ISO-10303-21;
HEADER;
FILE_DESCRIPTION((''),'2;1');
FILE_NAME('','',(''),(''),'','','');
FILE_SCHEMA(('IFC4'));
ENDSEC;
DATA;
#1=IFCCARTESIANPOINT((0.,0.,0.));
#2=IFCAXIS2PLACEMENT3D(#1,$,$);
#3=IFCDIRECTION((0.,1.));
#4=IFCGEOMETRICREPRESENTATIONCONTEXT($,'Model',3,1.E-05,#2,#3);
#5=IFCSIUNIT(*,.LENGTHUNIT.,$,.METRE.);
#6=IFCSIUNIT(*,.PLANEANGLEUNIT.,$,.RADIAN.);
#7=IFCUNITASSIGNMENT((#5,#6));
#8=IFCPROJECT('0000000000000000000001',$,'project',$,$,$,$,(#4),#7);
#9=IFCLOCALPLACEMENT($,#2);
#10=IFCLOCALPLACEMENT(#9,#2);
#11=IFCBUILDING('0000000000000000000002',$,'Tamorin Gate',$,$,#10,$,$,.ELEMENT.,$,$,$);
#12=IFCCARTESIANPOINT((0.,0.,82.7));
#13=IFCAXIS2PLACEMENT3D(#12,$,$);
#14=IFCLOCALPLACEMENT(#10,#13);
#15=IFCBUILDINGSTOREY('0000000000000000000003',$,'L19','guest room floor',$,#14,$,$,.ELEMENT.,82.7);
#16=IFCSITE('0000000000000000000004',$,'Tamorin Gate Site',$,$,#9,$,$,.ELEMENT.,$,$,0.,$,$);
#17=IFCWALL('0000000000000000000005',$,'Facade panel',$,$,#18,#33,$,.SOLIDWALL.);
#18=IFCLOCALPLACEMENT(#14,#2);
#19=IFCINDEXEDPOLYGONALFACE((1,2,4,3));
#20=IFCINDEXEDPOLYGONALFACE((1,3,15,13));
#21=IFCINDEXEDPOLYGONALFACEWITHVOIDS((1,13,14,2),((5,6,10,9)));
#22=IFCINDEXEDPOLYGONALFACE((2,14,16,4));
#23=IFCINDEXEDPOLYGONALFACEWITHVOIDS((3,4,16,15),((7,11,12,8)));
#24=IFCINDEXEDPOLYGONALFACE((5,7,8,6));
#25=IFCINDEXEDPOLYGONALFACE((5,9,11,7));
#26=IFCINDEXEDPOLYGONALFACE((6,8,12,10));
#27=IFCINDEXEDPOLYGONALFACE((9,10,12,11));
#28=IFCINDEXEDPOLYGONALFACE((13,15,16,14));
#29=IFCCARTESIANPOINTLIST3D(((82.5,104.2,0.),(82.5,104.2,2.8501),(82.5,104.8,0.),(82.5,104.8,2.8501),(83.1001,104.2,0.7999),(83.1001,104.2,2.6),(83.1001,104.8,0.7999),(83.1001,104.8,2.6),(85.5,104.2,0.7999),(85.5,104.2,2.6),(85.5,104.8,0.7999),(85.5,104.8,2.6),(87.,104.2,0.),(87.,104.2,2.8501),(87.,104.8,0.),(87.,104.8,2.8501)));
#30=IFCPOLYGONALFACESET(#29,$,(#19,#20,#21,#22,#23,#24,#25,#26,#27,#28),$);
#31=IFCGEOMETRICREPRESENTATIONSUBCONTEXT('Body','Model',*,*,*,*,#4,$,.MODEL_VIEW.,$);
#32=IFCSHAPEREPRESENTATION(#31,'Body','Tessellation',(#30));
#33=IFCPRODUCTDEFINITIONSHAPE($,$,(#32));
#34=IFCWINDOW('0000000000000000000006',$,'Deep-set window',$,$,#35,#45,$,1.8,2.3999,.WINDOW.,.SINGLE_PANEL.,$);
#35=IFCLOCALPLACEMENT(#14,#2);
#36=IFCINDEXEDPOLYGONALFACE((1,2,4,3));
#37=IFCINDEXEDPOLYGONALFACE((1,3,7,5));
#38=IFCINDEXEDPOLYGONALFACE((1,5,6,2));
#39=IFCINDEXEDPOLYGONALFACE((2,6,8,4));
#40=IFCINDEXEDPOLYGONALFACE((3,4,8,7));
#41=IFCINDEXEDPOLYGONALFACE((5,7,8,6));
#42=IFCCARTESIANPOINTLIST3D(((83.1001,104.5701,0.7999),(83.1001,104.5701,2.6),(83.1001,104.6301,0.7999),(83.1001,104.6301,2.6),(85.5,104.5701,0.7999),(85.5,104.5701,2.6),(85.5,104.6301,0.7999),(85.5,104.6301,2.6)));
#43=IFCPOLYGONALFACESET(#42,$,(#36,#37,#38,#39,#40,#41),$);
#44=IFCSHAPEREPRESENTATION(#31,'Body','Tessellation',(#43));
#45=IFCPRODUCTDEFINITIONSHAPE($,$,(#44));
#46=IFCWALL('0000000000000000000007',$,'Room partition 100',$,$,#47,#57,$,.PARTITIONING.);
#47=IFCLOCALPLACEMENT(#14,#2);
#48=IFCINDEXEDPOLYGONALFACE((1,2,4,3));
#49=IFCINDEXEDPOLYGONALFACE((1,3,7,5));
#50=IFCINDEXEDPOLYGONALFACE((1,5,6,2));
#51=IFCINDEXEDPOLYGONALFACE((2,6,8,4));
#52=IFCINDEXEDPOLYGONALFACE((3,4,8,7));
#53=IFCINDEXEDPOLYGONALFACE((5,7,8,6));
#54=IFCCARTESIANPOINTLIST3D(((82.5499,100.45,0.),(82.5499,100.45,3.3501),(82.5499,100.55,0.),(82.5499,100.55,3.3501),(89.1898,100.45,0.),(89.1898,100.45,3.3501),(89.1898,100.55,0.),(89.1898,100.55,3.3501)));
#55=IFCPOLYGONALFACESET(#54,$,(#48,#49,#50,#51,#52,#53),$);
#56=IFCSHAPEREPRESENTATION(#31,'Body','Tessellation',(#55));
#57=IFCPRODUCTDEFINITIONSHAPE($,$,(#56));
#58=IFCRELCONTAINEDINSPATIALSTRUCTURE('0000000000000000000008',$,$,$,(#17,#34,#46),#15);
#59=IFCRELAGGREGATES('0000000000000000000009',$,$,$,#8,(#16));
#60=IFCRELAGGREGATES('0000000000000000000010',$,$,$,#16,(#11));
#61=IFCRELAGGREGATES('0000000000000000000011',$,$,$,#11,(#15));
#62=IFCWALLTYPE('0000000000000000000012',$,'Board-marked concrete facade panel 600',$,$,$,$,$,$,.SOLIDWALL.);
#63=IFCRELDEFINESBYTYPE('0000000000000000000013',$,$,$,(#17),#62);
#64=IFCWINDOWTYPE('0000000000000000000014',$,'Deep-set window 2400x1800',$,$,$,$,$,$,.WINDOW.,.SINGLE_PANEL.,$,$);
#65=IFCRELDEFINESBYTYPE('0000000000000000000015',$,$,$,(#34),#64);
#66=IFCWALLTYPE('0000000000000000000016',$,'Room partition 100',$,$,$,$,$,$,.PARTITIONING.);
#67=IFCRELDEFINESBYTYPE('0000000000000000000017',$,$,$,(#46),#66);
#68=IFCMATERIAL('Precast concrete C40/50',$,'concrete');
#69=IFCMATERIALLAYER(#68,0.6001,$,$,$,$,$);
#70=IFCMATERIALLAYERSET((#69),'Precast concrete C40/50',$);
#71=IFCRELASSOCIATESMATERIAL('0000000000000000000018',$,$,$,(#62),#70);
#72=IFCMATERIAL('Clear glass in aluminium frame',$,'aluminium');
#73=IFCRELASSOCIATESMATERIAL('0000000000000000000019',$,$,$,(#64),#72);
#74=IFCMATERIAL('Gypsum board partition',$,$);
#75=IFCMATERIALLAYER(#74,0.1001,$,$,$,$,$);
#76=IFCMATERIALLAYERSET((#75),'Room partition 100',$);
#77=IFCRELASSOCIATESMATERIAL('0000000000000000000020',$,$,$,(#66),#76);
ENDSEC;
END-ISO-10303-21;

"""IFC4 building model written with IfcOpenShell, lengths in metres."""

from ifc_helpers import new_model, si_unit, direction, frame, frame_2d, origin, place, context, subcontext, project, spatial, rectangle, extrude, material, layer, layer_set, type_object, element, fill, save


model = new_model("IFC4")

# Units and contexts
model_context = context("Model", 3, precision=1e-05, world=origin(), true_north=direction((0.0, 1.0)))
body_context = subcontext(model_context, "Body", "Model", "MODEL_VIEW")
ifc_project = project(units=[si_unit("LENGTHUNIT", "METRE"), si_unit("PLANEANGLEUNIT", "RADIAN")], contexts=[model_context])

# Site, building, storey
site_placement = place(None, origin())
site = spatial("IfcSite", under=ifc_project, at=site_placement, Name="Tamorin Gate Site", CompositionType="ELEMENT", RefElevation=0.0)
building_placement = place(site_placement, origin())
building = spatial("IfcBuilding", under=site, at=building_placement, Name="Tamorin Gate", CompositionType="ELEMENT")
storey_placement = place(building_placement, frame((0.0, 0.0, 82.7)))
storey = spatial("IfcBuildingStorey", under=building, at=storey_placement, Name="L19", Description="guest room floor", CompositionType="ELEMENT", Elevation=82.7)

# Shared definitions
ifc_material_1 = material(Name="Precast concrete C40/50", Category="concrete")
ifc_layer_1 = layer(ifc_material_1, 0.6001)
ifc_layer_set_1 = layer_set([ifc_layer_1], Name="Precast concrete C40/50")
wall_type_1 = type_object("IfcWallType", Name="Board-marked concrete facade panel 600", PredefinedType="SOLIDWALL", material=ifc_layer_set_1)
ifc_material_2 = material(Name="Clear glass in aluminium frame", Category="aluminium")
window_type = type_object("IfcWindowType", Name="Deep-set window 2400x1800", PartitioningType="SINGLE_PANEL", PredefinedType="WINDOW", material=ifc_material_2)

# Wall, opening, window
wall_1_placement = place(storey_placement, frame((87.0, 104.5, 0.0), z_axis=(0.0, 0.0, 1.0), x_axis=(-1.0, 0.0, 0.0)))
wall_1 = element("IfcWall", 1, at=wall_1_placement, inside=storey, type_object=wall_type_1, Name="Facade panel", PredefinedType="SOLIDWALL", context=body_context, shape_type="SweptSolid", body=[
    extrude(rectangle(XDim=4.5, YDim=0.6001, at=frame_2d((2.25, 0.0))), origin(), (0.0, 0.0, 1.0), 2.8501),
])
opening_1_placement = place(wall_1_placement, frame((1.5, 0.0, 0.8)))
opening_1 = element("IfcOpeningElement", 2, at=opening_1_placement, cuts=wall_1, PredefinedType="OPENING", context=body_context, shape_type="SweptSolid", body=[
    extrude(rectangle(XDim=2.3999, YDim=1.8, at=frame_2d((1.2, 0.8999))), frame((0.0, 0.3101, 0.0), z_axis=(0.0, -1.0, 0.0), x_axis=(1.0, 0.0, 0.0)), (0.0, 0.0, 1.0), 0.6201),
])
window_1_placement = place(opening_1_placement, origin())
window_1 = element("IfcWindow", 3, at=window_1_placement, inside=storey, type_object=window_type, Name="Deep-set window", OverallHeight=1.8, OverallWidth=2.3999, PartitioningType="SINGLE_PANEL", PredefinedType="WINDOW", context=body_context, shape_type="SweptSolid", body=[
    extrude(rectangle(XDim=2.3999, YDim=1.8, at=frame_2d((1.2, 0.8999))), frame((0.0, -0.0701, 0.0), z_axis=(0.0, -1.0, 0.0), x_axis=(1.0, 0.0, 0.0)), (0.0, 0.0, 1.0), 0.0601),
])
fill(opening_1, window_1)

# Wall
ifc_material_3 = material(Name="Gypsum board partition")
ifc_layer_2 = layer(ifc_material_3, 0.1001)
ifc_layer_set_2 = layer_set([ifc_layer_2], Name="Room partition 100")
wall_type_2 = type_object("IfcWallType", Name="Room partition 100", PredefinedType="PARTITIONING", material=ifc_layer_set_2)
wall_2_placement = place(storey_placement, frame((82.55, 100.5, 0.0), z_axis=(0.0, 0.0, 1.0), x_axis=(1.0, 0.0, 0.0)))
element("IfcWall", 4, at=wall_2_placement, inside=storey, type_object=wall_type_2, Name="Room partition 100", PredefinedType="PARTITIONING", context=body_context, shape_type="SweptSolid", body=[
    extrude(rectangle(XDim=6.6399, YDim=0.1001, at=frame_2d((3.3198, 0.0))), origin(), (0.0, 0.0, 1.0), 3.3501),
])

save(model, "model.ifc")
